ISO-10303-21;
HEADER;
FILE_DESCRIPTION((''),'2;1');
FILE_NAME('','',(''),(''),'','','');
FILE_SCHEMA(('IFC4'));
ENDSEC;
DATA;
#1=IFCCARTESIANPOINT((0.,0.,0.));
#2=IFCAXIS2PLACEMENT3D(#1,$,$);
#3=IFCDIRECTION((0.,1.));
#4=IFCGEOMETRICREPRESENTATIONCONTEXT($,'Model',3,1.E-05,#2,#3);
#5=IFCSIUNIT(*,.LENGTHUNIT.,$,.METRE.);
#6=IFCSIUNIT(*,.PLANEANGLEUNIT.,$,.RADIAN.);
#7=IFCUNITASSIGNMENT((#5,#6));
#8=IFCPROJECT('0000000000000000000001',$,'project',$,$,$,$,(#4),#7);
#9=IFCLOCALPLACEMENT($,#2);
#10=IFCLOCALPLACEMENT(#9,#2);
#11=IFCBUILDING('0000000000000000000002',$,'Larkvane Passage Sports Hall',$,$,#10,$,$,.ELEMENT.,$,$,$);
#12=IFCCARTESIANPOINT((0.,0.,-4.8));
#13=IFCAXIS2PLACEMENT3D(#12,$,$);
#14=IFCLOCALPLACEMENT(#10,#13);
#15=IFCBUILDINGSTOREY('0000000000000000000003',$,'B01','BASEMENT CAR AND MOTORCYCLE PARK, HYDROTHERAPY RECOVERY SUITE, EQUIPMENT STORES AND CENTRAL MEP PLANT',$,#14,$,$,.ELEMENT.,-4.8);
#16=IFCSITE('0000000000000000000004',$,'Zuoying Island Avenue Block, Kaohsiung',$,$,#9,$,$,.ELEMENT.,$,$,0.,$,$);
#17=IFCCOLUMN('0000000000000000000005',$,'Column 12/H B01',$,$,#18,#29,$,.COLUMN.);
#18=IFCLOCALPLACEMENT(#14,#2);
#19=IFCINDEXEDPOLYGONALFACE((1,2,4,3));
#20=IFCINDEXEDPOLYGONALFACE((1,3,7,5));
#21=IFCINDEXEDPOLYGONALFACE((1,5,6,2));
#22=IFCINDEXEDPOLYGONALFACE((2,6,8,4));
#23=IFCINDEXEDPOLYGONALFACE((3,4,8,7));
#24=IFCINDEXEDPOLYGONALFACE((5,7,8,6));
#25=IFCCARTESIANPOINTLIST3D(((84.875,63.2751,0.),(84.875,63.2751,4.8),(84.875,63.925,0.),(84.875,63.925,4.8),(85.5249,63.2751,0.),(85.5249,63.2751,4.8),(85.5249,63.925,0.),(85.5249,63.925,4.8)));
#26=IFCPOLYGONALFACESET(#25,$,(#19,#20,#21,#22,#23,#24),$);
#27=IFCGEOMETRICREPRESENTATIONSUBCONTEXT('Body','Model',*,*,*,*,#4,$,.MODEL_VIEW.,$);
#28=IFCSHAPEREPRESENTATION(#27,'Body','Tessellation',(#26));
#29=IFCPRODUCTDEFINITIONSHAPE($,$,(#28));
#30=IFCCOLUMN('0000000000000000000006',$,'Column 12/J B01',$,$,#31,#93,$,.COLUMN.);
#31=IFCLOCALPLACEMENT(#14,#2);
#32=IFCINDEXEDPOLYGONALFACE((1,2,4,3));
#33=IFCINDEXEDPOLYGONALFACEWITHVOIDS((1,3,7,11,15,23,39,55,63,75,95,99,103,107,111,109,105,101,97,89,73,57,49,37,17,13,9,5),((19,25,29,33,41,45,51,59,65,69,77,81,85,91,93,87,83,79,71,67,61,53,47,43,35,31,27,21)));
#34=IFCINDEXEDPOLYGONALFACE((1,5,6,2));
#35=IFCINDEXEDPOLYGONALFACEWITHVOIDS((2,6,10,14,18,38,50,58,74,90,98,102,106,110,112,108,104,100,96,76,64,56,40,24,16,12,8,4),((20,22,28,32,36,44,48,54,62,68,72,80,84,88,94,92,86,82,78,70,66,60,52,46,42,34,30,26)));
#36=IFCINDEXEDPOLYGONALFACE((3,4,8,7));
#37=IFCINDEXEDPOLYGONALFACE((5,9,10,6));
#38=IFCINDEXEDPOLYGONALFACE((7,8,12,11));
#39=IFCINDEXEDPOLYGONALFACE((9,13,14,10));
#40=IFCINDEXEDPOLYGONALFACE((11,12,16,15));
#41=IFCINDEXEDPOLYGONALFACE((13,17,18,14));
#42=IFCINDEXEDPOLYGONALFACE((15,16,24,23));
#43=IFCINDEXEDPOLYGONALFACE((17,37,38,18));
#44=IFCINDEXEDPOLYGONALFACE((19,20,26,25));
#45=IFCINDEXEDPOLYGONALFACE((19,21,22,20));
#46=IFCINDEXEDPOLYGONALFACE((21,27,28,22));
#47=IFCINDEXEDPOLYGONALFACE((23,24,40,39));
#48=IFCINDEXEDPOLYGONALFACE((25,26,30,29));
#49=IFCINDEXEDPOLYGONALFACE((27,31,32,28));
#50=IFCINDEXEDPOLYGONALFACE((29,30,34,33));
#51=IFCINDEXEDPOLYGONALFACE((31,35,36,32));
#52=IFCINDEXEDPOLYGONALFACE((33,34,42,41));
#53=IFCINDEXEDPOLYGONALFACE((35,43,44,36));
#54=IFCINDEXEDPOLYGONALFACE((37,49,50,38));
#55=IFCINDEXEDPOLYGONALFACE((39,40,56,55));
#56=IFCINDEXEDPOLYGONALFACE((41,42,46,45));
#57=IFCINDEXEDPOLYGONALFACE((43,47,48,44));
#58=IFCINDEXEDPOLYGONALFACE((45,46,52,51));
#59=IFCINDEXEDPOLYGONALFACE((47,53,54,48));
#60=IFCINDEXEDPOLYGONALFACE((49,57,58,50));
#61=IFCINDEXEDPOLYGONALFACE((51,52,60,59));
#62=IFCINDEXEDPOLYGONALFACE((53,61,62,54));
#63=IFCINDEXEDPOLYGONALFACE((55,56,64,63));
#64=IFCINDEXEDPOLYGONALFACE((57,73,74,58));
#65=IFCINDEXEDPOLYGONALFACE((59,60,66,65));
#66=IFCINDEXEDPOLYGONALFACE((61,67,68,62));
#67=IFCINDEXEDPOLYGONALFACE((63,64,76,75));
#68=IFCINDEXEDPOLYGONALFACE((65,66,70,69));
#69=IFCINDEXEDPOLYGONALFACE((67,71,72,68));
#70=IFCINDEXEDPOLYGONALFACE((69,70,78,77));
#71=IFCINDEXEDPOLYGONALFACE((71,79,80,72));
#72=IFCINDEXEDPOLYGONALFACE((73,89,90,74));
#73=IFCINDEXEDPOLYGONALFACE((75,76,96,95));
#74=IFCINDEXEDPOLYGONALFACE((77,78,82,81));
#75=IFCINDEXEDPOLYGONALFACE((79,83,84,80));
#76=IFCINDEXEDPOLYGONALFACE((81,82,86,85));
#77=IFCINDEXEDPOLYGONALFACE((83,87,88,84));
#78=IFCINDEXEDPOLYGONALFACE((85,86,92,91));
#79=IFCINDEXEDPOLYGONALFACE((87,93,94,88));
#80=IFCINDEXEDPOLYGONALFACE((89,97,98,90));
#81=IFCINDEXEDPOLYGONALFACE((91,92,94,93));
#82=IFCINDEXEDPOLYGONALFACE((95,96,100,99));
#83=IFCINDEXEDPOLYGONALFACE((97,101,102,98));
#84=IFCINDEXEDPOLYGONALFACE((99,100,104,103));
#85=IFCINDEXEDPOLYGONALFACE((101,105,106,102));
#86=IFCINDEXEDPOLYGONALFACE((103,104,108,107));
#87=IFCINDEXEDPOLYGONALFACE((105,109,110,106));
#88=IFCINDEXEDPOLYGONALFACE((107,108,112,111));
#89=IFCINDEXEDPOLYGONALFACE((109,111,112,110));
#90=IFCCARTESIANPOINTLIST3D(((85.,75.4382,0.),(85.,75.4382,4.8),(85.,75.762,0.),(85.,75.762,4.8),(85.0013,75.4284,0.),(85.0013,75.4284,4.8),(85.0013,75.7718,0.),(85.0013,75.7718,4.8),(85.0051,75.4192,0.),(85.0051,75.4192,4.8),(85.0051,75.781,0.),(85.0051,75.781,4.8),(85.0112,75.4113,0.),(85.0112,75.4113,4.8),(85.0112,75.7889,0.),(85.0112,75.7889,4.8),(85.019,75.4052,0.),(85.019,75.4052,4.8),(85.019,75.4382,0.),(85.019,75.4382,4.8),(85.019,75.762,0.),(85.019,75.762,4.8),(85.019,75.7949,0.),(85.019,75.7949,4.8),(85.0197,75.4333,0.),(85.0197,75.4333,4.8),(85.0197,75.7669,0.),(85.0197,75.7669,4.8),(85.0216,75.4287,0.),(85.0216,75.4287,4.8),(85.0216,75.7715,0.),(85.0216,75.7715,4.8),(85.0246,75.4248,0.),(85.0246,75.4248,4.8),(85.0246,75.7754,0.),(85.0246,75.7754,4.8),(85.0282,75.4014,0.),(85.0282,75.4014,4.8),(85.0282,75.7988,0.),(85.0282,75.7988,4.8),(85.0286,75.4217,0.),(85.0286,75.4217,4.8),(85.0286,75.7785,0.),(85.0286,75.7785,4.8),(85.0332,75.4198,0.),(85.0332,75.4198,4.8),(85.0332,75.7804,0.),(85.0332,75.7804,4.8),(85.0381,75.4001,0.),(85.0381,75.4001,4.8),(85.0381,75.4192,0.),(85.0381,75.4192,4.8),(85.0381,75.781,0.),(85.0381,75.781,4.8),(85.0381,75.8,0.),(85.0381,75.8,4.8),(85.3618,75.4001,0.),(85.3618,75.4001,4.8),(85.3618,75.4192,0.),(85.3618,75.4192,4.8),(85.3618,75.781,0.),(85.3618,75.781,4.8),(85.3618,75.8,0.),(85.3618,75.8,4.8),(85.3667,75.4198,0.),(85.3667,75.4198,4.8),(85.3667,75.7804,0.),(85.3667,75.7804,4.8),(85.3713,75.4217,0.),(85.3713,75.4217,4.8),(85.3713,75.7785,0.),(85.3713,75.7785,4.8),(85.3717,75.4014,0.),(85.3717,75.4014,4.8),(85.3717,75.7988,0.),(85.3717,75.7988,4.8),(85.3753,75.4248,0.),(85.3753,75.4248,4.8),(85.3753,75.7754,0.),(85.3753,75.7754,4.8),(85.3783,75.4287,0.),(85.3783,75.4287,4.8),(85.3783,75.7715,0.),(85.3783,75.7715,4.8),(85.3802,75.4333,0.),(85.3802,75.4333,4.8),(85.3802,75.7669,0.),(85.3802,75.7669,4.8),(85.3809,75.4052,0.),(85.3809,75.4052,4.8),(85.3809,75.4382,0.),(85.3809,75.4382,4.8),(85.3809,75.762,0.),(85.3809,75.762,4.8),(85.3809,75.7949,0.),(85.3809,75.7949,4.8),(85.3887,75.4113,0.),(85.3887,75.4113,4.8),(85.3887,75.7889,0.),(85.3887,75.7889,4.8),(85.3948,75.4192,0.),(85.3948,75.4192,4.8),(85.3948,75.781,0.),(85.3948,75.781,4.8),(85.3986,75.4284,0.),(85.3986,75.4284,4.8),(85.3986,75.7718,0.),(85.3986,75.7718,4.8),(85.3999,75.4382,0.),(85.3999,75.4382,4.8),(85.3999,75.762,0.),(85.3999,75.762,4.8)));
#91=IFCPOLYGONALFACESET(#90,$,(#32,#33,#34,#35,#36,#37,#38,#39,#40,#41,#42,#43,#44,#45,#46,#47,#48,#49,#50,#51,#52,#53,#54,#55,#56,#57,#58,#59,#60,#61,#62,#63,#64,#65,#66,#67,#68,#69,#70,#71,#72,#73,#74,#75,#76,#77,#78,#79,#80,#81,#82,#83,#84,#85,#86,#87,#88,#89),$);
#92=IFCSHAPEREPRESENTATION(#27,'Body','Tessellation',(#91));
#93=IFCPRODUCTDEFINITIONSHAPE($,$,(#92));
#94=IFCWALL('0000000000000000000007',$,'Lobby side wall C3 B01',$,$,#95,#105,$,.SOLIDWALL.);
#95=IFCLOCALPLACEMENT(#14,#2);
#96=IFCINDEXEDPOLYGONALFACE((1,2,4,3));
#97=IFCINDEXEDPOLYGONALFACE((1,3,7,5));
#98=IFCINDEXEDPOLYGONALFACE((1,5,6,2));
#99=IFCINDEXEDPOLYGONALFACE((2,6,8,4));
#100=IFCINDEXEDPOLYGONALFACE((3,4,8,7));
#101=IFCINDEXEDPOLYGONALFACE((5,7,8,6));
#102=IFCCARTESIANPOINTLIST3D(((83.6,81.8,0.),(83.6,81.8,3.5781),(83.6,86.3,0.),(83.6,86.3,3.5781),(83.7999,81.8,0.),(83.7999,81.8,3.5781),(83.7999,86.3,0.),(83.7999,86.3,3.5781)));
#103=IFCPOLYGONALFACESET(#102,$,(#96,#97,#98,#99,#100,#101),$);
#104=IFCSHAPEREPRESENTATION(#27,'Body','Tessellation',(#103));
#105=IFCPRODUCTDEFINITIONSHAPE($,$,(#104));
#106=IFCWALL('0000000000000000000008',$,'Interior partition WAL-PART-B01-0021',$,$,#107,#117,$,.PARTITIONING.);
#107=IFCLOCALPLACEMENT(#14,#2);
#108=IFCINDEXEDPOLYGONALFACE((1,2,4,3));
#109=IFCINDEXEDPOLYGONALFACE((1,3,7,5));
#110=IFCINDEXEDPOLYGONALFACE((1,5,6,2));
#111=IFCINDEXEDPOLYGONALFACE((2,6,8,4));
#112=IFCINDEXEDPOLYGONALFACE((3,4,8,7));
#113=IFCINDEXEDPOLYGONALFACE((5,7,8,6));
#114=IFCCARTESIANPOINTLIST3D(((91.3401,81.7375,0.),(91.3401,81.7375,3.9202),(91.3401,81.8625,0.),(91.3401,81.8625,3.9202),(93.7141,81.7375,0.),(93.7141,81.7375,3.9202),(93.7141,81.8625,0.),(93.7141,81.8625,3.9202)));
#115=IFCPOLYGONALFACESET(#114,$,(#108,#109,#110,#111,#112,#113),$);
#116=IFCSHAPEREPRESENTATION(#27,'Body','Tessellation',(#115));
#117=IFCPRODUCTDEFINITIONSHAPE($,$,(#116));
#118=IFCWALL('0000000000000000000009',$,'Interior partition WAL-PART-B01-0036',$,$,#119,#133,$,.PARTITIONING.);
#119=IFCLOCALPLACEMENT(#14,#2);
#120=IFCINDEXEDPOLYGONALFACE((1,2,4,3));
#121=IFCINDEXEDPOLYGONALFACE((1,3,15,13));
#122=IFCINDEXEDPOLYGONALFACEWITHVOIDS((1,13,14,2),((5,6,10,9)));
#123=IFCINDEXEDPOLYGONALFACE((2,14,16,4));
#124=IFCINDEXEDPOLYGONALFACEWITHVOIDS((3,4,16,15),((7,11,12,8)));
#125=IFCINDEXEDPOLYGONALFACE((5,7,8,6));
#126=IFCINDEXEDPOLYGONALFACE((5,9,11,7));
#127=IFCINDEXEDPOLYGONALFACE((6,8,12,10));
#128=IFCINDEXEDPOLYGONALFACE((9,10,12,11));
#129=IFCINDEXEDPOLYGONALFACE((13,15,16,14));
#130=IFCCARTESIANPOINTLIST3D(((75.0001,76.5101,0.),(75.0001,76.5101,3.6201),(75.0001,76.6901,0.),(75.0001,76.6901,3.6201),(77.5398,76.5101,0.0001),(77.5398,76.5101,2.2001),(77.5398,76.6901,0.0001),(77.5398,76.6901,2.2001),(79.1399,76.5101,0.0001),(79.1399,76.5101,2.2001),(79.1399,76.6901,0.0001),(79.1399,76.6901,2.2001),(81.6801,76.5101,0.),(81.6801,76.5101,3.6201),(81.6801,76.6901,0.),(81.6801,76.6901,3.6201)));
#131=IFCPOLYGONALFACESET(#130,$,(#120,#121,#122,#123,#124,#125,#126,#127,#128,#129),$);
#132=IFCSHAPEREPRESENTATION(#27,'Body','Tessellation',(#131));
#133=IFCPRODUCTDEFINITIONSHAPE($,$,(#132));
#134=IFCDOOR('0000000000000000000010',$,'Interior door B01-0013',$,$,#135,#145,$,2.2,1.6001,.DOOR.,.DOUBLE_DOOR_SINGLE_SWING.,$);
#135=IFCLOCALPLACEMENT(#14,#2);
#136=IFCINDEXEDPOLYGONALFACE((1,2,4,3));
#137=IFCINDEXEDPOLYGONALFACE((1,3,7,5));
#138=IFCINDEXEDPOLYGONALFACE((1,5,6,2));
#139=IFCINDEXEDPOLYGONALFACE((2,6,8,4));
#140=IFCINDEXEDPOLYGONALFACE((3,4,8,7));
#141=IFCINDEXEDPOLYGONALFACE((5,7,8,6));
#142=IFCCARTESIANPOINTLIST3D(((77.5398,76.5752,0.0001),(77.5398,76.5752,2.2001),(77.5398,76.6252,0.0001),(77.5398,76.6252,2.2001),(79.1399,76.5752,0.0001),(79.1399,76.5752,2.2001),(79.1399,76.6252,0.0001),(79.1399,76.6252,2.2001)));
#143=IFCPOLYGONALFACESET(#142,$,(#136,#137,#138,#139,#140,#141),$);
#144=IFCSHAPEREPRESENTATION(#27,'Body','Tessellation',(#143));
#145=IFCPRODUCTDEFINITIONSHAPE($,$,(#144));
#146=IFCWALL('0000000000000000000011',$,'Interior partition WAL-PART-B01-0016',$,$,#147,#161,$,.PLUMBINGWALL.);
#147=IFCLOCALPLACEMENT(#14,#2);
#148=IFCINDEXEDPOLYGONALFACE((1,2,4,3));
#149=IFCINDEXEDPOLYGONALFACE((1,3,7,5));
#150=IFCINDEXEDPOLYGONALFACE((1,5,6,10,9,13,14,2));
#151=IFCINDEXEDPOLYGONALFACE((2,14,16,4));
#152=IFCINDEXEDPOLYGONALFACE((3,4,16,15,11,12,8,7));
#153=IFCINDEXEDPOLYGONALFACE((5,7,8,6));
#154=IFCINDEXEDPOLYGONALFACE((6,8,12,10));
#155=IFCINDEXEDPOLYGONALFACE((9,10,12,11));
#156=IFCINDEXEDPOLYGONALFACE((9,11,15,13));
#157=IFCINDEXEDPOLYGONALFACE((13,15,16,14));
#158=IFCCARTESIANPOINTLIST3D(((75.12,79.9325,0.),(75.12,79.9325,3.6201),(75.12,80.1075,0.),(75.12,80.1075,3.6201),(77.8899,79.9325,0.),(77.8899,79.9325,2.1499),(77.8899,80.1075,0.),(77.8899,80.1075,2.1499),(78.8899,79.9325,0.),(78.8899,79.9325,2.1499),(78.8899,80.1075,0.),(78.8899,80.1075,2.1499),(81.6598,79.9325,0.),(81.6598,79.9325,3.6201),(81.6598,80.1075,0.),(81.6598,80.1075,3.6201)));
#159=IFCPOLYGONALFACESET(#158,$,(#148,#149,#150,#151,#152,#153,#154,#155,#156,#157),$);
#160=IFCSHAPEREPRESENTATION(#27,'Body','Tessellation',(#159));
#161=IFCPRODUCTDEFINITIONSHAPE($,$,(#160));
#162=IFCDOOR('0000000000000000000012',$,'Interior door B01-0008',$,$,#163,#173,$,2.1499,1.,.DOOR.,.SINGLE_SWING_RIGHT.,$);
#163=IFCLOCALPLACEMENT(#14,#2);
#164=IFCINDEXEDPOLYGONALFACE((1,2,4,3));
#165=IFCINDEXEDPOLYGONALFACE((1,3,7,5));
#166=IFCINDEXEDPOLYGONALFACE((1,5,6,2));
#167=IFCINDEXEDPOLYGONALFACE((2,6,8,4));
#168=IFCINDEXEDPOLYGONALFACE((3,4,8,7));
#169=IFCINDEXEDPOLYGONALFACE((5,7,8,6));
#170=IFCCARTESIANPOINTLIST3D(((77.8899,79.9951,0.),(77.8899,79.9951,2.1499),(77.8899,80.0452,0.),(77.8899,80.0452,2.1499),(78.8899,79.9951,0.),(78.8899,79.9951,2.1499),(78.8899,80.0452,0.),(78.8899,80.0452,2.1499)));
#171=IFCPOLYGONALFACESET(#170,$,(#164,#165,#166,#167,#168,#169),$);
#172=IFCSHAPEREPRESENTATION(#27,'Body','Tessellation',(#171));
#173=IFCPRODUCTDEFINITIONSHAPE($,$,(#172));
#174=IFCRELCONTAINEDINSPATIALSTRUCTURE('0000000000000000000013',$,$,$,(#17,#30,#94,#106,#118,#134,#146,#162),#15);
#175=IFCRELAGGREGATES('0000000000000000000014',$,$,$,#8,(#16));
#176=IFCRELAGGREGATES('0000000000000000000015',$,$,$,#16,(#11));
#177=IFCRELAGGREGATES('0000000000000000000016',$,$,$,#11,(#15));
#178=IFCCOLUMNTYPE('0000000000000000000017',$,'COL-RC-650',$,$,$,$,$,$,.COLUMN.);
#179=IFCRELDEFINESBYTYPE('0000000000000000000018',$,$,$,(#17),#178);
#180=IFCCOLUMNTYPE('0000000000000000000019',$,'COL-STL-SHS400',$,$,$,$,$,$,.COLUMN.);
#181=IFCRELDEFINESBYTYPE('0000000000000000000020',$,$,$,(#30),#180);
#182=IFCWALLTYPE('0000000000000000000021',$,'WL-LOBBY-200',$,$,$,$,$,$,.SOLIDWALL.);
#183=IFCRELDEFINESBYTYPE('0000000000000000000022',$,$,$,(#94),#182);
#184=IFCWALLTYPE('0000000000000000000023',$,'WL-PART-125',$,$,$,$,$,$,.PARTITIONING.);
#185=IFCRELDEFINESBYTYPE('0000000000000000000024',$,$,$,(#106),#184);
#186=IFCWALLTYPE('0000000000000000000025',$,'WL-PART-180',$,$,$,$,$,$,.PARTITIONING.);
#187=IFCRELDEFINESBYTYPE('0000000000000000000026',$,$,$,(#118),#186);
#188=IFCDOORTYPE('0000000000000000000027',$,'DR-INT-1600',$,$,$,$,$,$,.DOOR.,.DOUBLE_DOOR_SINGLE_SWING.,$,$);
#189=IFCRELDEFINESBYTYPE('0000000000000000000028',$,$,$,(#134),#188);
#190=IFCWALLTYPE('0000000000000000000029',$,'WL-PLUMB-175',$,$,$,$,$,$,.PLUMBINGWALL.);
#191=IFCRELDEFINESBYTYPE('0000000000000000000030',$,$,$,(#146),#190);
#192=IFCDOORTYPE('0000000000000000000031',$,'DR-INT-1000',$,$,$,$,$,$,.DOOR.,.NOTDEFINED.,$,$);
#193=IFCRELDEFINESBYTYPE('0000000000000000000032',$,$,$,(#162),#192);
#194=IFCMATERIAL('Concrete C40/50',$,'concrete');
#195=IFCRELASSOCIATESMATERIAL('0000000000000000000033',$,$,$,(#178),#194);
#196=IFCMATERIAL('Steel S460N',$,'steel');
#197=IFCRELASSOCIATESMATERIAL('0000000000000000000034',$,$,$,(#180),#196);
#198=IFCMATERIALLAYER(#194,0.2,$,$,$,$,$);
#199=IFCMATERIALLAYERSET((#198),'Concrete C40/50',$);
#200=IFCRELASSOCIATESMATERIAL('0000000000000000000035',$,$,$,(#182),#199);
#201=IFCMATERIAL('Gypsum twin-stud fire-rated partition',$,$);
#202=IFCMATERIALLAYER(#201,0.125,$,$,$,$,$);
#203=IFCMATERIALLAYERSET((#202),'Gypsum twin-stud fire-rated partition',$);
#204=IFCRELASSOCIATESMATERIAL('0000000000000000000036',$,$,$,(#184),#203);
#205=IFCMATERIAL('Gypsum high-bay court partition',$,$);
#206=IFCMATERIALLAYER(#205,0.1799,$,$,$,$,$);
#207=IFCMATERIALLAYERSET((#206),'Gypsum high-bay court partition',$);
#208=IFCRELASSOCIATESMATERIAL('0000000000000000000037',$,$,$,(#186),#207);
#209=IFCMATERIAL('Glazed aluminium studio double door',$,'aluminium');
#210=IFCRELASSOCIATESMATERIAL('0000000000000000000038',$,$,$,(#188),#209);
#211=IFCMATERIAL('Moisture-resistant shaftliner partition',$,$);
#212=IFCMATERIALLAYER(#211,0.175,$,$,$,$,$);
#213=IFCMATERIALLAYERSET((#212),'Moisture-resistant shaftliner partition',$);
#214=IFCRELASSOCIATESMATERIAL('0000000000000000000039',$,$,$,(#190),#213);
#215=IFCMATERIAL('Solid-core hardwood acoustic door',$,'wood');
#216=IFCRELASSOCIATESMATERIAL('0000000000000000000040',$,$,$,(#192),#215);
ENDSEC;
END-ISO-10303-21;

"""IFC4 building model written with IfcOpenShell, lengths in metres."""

from ifc_helpers import new_model, si_unit, direction, frame, frame_2d, origin, origin_2d, place, context, subcontext, project, spatial, rectangle, hollow_rectangle, extrude, material, layer, layer_set, material_profile, profile_set, type_object, element, fill, save


model = new_model("IFC4")

# Units and contexts
model_context = context("Model", 3, precision=1e-05, world=origin(), true_north=direction((0.0, 1.0)))
body_context = subcontext(model_context, "Body", "Model", "MODEL_VIEW")
ifc_project = project(units=[si_unit("LENGTHUNIT", "METRE"), si_unit("PLANEANGLEUNIT", "RADIAN")], contexts=[model_context])

# Site, building, storey
site_placement = place(None, origin())
site = spatial("IfcSite", under=ifc_project, at=site_placement, Name="Zuoying Island Avenue Block, Kaohsiung", CompositionType="ELEMENT", RefElevation=0.0)
building_placement = place(site_placement, origin())
building = spatial("IfcBuilding", under=site, at=building_placement, Name="Larkvane Passage Sports Hall", CompositionType="ELEMENT")
storey_placement = place(building_placement, frame((0.0, 0.0, -4.8)))
storey = spatial("IfcBuildingStorey", under=building, at=storey_placement, Name="B01", Description="BASEMENT CAR AND MOTORCYCLE PARK, HYDROTHERAPY RECOVERY SUITE, EQUIPMENT STORES AND CENTRAL MEP PLANT", CompositionType="ELEMENT", Elevation=-4.8)

# Shared definitions
ifc_material_1 = material(Name="Concrete C40/50", Category="concrete")

# Columns
ifc_material_profile_1 = material_profile(ifc_material_1, rectangle(XDim=0.6499, YDim=0.6499, at=origin_2d()), Name="RC-COL-650x650")
ifc_profile_set_1 = profile_set([ifc_material_profile_1], Name="Concrete C40/50")
column_type_1 = type_object("IfcColumnType", Name="COL-RC-650", PredefinedType="COLUMN", material=ifc_profile_set_1)
column_1_placement = place(storey_placement, frame((85.2, 63.6001, 0.0), z_axis=(0.0, 0.0, 1.0), x_axis=(1.0, 0.0, 0.0)))
element("IfcColumn", 1, at=column_1_placement, inside=storey, type_object=column_type_1, Name="Column 12/H B01", PredefinedType="COLUMN", context=body_context, shape_type="SweptSolid", body=[
    extrude(rectangle(XDim=0.6499, YDim=0.6499, at=origin_2d()), origin(), (0.0, 0.0, 1.0), 4.8),
])
ifc_material_2 = material(Name="Steel S460N", Category="steel")
ifc_material_profile_2 = material_profile(ifc_material_2, hollow_rectangle(XDim=0.3999, YDim=0.3999, WallThickness=0.019, InnerFilletRadius=0.019, OuterFilletRadius=0.0381, at=origin_2d()), Name="SHS-400x400x19")
ifc_profile_set_2 = profile_set([ifc_material_profile_2], Name="Steel S460N")
column_type_2 = type_object("IfcColumnType", Name="COL-STL-SHS400", PredefinedType="COLUMN", material=ifc_profile_set_2)
column_2_placement = place(storey_placement, frame((85.2, 75.6001, 0.0), z_axis=(0.0, 0.0, 1.0), x_axis=(1.0, 0.0, 0.0)))
element("IfcColumn", 2, at=column_2_placement, inside=storey, type_object=column_type_2, Name="Column 12/J B01", PredefinedType="COLUMN", context=body_context, shape_type="SweptSolid", body=[
    extrude(hollow_rectangle(XDim=0.3999, YDim=0.3999, WallThickness=0.019, InnerFilletRadius=0.019, OuterFilletRadius=0.0381, at=origin_2d()), origin(), (0.0, 0.0, 1.0), 4.8),
])

# Walls
ifc_layer_1 = layer(ifc_material_1, 0.2)
ifc_layer_set_1 = layer_set([ifc_layer_1], Name="Concrete C40/50")
wall_type_1 = type_object("IfcWallType", Name="WL-LOBBY-200", PredefinedType="SOLIDWALL", material=ifc_layer_set_1)
wall_1_placement = place(storey_placement, frame((83.7, 81.8, 0.0), z_axis=(0.0, 0.0, 1.0), x_axis=(0.0, 1.0, 0.0)))
element("IfcWall", 3, at=wall_1_placement, inside=storey, type_object=wall_type_1, Name="Lobby side wall C3 B01", PredefinedType="SOLIDWALL", context=body_context, shape_type="SweptSolid", body=[
    extrude(rectangle(XDim=4.5, YDim=0.2, at=frame_2d((2.25, 0.0))), origin(), (0.0, 0.0, 1.0), 3.5781),
])
ifc_material_3 = material(Name="Gypsum twin-stud fire-rated partition")
ifc_layer_2 = layer(ifc_material_3, 0.125)
ifc_layer_set_2 = layer_set([ifc_layer_2], Name="Gypsum twin-stud fire-rated partition")
wall_type_2 = type_object("IfcWallType", Name="WL-PART-125", PredefinedType="PARTITIONING", material=ifc_layer_set_2)
wall_2_placement = place(storey_placement, frame((91.3401, 81.8, 0.0), z_axis=(0.0, 0.0, 1.0), x_axis=(1.0, 0.0, 0.0)))
element("IfcWall", 4, at=wall_2_placement, inside=storey, type_object=wall_type_2, Name="Interior partition WAL-PART-B01-0021", PredefinedType="PARTITIONING", context=body_context, shape_type="SweptSolid", body=[
    extrude(rectangle(XDim=2.374, YDim=0.125, at=frame_2d((1.187, 0.0))), origin(), (0.0, 0.0, 1.0), 3.9202),
])

# Walls, openings, doors
ifc_material_4 = material(Name="Gypsum high-bay court partition")
ifc_layer_3 = layer(ifc_material_4, 0.1799)
ifc_layer_set_3 = layer_set([ifc_layer_3], Name="Gypsum high-bay court partition")
wall_type_3 = type_object("IfcWallType", Name="WL-PART-180", PredefinedType="PARTITIONING", material=ifc_layer_set_3)
wall_3_placement = place(storey_placement, frame((81.6799, 76.6001, 0.0), z_axis=(0.0, 0.0, 1.0), x_axis=(-1.0, 0.0, 0.0)))
wall_3 = element("IfcWall", 5, at=wall_3_placement, inside=storey, type_object=wall_type_3, Name="Interior partition WAL-PART-B01-0036", PredefinedType="PARTITIONING", context=body_context, shape_type="SweptSolid", body=[
    extrude(rectangle(XDim=6.6799, YDim=0.1799, at=frame_2d((3.3398, 0.0))), origin(), (0.0, 0.0, 1.0), 3.6201),
])
opening_1_placement = place(wall_3_placement, frame((2.54, 0.0, 0.0)))
opening_1 = element("IfcOpeningElement", 6, at=opening_1_placement, cuts=wall_3, PredefinedType="OPENING", context=body_context, shape_type="SweptSolid", body=[
    extrude(rectangle(XDim=1.6001, YDim=2.2, at=frame_2d((0.8, 1.1001))), frame((0.0, 0.0999, 0.0), z_axis=(0.0, -1.0, 0.0), x_axis=(1.0, 0.0, 0.0)), (0.0, 0.0, 1.0), 0.2),
])
ifc_material_5 = material(Name="Glazed aluminium studio double door", Category="aluminium")
door_type_1 = type_object("IfcDoorType", Name="DR-INT-1600", OperationType="DOUBLE_DOOR_SINGLE_SWING", PredefinedType="DOOR", material=ifc_material_5)
door_1_placement = place(opening_1_placement, origin())
door_1 = element("IfcDoor", 7, at=door_1_placement, inside=storey, type_object=door_type_1, Name="Interior door B01-0013", OperationType="DOUBLE_DOOR_SINGLE_SWING", OverallHeight=2.2, OverallWidth=1.6001, PredefinedType="DOOR", context=body_context, shape_type="SweptSolid", body=[
    extrude(rectangle(XDim=1.6001, YDim=2.2, at=frame_2d((0.8, 1.1001))), frame((0.0, 0.0249, 0.0), z_axis=(0.0, -1.0, 0.0), x_axis=(1.0, 0.0, 0.0)), (0.0, 0.0, 1.0), 0.05),
])
fill(opening_1, door_1)
ifc_material_6 = material(Name="Moisture-resistant shaftliner partition")
ifc_layer_4 = layer(ifc_material_6, 0.175)
ifc_layer_set_4 = layer_set([ifc_layer_4], Name="Moisture-resistant shaftliner partition")
wall_type_4 = type_object("IfcWallType", Name="WL-PLUMB-175", PredefinedType="PLUMBINGWALL", material=ifc_layer_set_4)
wall_4_placement = place(storey_placement, frame((81.6599, 80.02, 0.0), z_axis=(0.0, 0.0, 1.0), x_axis=(-1.0, 0.0, 0.0)))
wall_4 = element("IfcWall", 8, at=wall_4_placement, inside=storey, type_object=wall_type_4, Name="Interior partition WAL-PART-B01-0016", PredefinedType="PLUMBINGWALL", context=body_context, shape_type="SweptSolid", body=[
    extrude(rectangle(XDim=6.5398, YDim=0.175, at=frame_2d((3.27, 0.0))), origin(), (0.0, 0.0, 1.0), 3.6201),
])
opening_2_placement = place(wall_4_placement, frame((2.77, 0.0, 0.0)))
opening_2 = element("IfcOpeningElement", 9, at=opening_2_placement, cuts=wall_4, PredefinedType="OPENING", context=body_context, shape_type="SweptSolid", body=[
    extrude(rectangle(XDim=1.0, YDim=2.1499, at=frame_2d((0.5, 1.075))), frame((0.0, 0.0974, 0.0), z_axis=(0.0, -1.0, 0.0), x_axis=(1.0, 0.0, 0.0)), (0.0, 0.0, 1.0), 0.1951),
])
ifc_material_7 = material(Name="Solid-core hardwood acoustic door", Category="wood")
door_type_2 = type_object("IfcDoorType", Name="DR-INT-1000", OperationType="NOTDEFINED", PredefinedType="DOOR", material=ifc_material_7)
door_2_placement = place(opening_2_placement, origin())
door_2 = element("IfcDoor", 10, at=door_2_placement, inside=storey, type_object=door_type_2, Name="Interior door B01-0008", OperationType="SINGLE_SWING_RIGHT", OverallHeight=2.1499, OverallWidth=1.0, PredefinedType="DOOR", context=body_context, shape_type="SweptSolid", body=[
    extrude(rectangle(XDim=1.0, YDim=2.1499, at=frame_2d((0.5, 1.075))), frame((0.0, 0.0249, 0.0), z_axis=(0.0, -1.0, 0.0), x_axis=(1.0, 0.0, 0.0)), (0.0, 0.0, 1.0), 0.05),
])
fill(opening_2, door_2)

save(model, "model.ifc")
